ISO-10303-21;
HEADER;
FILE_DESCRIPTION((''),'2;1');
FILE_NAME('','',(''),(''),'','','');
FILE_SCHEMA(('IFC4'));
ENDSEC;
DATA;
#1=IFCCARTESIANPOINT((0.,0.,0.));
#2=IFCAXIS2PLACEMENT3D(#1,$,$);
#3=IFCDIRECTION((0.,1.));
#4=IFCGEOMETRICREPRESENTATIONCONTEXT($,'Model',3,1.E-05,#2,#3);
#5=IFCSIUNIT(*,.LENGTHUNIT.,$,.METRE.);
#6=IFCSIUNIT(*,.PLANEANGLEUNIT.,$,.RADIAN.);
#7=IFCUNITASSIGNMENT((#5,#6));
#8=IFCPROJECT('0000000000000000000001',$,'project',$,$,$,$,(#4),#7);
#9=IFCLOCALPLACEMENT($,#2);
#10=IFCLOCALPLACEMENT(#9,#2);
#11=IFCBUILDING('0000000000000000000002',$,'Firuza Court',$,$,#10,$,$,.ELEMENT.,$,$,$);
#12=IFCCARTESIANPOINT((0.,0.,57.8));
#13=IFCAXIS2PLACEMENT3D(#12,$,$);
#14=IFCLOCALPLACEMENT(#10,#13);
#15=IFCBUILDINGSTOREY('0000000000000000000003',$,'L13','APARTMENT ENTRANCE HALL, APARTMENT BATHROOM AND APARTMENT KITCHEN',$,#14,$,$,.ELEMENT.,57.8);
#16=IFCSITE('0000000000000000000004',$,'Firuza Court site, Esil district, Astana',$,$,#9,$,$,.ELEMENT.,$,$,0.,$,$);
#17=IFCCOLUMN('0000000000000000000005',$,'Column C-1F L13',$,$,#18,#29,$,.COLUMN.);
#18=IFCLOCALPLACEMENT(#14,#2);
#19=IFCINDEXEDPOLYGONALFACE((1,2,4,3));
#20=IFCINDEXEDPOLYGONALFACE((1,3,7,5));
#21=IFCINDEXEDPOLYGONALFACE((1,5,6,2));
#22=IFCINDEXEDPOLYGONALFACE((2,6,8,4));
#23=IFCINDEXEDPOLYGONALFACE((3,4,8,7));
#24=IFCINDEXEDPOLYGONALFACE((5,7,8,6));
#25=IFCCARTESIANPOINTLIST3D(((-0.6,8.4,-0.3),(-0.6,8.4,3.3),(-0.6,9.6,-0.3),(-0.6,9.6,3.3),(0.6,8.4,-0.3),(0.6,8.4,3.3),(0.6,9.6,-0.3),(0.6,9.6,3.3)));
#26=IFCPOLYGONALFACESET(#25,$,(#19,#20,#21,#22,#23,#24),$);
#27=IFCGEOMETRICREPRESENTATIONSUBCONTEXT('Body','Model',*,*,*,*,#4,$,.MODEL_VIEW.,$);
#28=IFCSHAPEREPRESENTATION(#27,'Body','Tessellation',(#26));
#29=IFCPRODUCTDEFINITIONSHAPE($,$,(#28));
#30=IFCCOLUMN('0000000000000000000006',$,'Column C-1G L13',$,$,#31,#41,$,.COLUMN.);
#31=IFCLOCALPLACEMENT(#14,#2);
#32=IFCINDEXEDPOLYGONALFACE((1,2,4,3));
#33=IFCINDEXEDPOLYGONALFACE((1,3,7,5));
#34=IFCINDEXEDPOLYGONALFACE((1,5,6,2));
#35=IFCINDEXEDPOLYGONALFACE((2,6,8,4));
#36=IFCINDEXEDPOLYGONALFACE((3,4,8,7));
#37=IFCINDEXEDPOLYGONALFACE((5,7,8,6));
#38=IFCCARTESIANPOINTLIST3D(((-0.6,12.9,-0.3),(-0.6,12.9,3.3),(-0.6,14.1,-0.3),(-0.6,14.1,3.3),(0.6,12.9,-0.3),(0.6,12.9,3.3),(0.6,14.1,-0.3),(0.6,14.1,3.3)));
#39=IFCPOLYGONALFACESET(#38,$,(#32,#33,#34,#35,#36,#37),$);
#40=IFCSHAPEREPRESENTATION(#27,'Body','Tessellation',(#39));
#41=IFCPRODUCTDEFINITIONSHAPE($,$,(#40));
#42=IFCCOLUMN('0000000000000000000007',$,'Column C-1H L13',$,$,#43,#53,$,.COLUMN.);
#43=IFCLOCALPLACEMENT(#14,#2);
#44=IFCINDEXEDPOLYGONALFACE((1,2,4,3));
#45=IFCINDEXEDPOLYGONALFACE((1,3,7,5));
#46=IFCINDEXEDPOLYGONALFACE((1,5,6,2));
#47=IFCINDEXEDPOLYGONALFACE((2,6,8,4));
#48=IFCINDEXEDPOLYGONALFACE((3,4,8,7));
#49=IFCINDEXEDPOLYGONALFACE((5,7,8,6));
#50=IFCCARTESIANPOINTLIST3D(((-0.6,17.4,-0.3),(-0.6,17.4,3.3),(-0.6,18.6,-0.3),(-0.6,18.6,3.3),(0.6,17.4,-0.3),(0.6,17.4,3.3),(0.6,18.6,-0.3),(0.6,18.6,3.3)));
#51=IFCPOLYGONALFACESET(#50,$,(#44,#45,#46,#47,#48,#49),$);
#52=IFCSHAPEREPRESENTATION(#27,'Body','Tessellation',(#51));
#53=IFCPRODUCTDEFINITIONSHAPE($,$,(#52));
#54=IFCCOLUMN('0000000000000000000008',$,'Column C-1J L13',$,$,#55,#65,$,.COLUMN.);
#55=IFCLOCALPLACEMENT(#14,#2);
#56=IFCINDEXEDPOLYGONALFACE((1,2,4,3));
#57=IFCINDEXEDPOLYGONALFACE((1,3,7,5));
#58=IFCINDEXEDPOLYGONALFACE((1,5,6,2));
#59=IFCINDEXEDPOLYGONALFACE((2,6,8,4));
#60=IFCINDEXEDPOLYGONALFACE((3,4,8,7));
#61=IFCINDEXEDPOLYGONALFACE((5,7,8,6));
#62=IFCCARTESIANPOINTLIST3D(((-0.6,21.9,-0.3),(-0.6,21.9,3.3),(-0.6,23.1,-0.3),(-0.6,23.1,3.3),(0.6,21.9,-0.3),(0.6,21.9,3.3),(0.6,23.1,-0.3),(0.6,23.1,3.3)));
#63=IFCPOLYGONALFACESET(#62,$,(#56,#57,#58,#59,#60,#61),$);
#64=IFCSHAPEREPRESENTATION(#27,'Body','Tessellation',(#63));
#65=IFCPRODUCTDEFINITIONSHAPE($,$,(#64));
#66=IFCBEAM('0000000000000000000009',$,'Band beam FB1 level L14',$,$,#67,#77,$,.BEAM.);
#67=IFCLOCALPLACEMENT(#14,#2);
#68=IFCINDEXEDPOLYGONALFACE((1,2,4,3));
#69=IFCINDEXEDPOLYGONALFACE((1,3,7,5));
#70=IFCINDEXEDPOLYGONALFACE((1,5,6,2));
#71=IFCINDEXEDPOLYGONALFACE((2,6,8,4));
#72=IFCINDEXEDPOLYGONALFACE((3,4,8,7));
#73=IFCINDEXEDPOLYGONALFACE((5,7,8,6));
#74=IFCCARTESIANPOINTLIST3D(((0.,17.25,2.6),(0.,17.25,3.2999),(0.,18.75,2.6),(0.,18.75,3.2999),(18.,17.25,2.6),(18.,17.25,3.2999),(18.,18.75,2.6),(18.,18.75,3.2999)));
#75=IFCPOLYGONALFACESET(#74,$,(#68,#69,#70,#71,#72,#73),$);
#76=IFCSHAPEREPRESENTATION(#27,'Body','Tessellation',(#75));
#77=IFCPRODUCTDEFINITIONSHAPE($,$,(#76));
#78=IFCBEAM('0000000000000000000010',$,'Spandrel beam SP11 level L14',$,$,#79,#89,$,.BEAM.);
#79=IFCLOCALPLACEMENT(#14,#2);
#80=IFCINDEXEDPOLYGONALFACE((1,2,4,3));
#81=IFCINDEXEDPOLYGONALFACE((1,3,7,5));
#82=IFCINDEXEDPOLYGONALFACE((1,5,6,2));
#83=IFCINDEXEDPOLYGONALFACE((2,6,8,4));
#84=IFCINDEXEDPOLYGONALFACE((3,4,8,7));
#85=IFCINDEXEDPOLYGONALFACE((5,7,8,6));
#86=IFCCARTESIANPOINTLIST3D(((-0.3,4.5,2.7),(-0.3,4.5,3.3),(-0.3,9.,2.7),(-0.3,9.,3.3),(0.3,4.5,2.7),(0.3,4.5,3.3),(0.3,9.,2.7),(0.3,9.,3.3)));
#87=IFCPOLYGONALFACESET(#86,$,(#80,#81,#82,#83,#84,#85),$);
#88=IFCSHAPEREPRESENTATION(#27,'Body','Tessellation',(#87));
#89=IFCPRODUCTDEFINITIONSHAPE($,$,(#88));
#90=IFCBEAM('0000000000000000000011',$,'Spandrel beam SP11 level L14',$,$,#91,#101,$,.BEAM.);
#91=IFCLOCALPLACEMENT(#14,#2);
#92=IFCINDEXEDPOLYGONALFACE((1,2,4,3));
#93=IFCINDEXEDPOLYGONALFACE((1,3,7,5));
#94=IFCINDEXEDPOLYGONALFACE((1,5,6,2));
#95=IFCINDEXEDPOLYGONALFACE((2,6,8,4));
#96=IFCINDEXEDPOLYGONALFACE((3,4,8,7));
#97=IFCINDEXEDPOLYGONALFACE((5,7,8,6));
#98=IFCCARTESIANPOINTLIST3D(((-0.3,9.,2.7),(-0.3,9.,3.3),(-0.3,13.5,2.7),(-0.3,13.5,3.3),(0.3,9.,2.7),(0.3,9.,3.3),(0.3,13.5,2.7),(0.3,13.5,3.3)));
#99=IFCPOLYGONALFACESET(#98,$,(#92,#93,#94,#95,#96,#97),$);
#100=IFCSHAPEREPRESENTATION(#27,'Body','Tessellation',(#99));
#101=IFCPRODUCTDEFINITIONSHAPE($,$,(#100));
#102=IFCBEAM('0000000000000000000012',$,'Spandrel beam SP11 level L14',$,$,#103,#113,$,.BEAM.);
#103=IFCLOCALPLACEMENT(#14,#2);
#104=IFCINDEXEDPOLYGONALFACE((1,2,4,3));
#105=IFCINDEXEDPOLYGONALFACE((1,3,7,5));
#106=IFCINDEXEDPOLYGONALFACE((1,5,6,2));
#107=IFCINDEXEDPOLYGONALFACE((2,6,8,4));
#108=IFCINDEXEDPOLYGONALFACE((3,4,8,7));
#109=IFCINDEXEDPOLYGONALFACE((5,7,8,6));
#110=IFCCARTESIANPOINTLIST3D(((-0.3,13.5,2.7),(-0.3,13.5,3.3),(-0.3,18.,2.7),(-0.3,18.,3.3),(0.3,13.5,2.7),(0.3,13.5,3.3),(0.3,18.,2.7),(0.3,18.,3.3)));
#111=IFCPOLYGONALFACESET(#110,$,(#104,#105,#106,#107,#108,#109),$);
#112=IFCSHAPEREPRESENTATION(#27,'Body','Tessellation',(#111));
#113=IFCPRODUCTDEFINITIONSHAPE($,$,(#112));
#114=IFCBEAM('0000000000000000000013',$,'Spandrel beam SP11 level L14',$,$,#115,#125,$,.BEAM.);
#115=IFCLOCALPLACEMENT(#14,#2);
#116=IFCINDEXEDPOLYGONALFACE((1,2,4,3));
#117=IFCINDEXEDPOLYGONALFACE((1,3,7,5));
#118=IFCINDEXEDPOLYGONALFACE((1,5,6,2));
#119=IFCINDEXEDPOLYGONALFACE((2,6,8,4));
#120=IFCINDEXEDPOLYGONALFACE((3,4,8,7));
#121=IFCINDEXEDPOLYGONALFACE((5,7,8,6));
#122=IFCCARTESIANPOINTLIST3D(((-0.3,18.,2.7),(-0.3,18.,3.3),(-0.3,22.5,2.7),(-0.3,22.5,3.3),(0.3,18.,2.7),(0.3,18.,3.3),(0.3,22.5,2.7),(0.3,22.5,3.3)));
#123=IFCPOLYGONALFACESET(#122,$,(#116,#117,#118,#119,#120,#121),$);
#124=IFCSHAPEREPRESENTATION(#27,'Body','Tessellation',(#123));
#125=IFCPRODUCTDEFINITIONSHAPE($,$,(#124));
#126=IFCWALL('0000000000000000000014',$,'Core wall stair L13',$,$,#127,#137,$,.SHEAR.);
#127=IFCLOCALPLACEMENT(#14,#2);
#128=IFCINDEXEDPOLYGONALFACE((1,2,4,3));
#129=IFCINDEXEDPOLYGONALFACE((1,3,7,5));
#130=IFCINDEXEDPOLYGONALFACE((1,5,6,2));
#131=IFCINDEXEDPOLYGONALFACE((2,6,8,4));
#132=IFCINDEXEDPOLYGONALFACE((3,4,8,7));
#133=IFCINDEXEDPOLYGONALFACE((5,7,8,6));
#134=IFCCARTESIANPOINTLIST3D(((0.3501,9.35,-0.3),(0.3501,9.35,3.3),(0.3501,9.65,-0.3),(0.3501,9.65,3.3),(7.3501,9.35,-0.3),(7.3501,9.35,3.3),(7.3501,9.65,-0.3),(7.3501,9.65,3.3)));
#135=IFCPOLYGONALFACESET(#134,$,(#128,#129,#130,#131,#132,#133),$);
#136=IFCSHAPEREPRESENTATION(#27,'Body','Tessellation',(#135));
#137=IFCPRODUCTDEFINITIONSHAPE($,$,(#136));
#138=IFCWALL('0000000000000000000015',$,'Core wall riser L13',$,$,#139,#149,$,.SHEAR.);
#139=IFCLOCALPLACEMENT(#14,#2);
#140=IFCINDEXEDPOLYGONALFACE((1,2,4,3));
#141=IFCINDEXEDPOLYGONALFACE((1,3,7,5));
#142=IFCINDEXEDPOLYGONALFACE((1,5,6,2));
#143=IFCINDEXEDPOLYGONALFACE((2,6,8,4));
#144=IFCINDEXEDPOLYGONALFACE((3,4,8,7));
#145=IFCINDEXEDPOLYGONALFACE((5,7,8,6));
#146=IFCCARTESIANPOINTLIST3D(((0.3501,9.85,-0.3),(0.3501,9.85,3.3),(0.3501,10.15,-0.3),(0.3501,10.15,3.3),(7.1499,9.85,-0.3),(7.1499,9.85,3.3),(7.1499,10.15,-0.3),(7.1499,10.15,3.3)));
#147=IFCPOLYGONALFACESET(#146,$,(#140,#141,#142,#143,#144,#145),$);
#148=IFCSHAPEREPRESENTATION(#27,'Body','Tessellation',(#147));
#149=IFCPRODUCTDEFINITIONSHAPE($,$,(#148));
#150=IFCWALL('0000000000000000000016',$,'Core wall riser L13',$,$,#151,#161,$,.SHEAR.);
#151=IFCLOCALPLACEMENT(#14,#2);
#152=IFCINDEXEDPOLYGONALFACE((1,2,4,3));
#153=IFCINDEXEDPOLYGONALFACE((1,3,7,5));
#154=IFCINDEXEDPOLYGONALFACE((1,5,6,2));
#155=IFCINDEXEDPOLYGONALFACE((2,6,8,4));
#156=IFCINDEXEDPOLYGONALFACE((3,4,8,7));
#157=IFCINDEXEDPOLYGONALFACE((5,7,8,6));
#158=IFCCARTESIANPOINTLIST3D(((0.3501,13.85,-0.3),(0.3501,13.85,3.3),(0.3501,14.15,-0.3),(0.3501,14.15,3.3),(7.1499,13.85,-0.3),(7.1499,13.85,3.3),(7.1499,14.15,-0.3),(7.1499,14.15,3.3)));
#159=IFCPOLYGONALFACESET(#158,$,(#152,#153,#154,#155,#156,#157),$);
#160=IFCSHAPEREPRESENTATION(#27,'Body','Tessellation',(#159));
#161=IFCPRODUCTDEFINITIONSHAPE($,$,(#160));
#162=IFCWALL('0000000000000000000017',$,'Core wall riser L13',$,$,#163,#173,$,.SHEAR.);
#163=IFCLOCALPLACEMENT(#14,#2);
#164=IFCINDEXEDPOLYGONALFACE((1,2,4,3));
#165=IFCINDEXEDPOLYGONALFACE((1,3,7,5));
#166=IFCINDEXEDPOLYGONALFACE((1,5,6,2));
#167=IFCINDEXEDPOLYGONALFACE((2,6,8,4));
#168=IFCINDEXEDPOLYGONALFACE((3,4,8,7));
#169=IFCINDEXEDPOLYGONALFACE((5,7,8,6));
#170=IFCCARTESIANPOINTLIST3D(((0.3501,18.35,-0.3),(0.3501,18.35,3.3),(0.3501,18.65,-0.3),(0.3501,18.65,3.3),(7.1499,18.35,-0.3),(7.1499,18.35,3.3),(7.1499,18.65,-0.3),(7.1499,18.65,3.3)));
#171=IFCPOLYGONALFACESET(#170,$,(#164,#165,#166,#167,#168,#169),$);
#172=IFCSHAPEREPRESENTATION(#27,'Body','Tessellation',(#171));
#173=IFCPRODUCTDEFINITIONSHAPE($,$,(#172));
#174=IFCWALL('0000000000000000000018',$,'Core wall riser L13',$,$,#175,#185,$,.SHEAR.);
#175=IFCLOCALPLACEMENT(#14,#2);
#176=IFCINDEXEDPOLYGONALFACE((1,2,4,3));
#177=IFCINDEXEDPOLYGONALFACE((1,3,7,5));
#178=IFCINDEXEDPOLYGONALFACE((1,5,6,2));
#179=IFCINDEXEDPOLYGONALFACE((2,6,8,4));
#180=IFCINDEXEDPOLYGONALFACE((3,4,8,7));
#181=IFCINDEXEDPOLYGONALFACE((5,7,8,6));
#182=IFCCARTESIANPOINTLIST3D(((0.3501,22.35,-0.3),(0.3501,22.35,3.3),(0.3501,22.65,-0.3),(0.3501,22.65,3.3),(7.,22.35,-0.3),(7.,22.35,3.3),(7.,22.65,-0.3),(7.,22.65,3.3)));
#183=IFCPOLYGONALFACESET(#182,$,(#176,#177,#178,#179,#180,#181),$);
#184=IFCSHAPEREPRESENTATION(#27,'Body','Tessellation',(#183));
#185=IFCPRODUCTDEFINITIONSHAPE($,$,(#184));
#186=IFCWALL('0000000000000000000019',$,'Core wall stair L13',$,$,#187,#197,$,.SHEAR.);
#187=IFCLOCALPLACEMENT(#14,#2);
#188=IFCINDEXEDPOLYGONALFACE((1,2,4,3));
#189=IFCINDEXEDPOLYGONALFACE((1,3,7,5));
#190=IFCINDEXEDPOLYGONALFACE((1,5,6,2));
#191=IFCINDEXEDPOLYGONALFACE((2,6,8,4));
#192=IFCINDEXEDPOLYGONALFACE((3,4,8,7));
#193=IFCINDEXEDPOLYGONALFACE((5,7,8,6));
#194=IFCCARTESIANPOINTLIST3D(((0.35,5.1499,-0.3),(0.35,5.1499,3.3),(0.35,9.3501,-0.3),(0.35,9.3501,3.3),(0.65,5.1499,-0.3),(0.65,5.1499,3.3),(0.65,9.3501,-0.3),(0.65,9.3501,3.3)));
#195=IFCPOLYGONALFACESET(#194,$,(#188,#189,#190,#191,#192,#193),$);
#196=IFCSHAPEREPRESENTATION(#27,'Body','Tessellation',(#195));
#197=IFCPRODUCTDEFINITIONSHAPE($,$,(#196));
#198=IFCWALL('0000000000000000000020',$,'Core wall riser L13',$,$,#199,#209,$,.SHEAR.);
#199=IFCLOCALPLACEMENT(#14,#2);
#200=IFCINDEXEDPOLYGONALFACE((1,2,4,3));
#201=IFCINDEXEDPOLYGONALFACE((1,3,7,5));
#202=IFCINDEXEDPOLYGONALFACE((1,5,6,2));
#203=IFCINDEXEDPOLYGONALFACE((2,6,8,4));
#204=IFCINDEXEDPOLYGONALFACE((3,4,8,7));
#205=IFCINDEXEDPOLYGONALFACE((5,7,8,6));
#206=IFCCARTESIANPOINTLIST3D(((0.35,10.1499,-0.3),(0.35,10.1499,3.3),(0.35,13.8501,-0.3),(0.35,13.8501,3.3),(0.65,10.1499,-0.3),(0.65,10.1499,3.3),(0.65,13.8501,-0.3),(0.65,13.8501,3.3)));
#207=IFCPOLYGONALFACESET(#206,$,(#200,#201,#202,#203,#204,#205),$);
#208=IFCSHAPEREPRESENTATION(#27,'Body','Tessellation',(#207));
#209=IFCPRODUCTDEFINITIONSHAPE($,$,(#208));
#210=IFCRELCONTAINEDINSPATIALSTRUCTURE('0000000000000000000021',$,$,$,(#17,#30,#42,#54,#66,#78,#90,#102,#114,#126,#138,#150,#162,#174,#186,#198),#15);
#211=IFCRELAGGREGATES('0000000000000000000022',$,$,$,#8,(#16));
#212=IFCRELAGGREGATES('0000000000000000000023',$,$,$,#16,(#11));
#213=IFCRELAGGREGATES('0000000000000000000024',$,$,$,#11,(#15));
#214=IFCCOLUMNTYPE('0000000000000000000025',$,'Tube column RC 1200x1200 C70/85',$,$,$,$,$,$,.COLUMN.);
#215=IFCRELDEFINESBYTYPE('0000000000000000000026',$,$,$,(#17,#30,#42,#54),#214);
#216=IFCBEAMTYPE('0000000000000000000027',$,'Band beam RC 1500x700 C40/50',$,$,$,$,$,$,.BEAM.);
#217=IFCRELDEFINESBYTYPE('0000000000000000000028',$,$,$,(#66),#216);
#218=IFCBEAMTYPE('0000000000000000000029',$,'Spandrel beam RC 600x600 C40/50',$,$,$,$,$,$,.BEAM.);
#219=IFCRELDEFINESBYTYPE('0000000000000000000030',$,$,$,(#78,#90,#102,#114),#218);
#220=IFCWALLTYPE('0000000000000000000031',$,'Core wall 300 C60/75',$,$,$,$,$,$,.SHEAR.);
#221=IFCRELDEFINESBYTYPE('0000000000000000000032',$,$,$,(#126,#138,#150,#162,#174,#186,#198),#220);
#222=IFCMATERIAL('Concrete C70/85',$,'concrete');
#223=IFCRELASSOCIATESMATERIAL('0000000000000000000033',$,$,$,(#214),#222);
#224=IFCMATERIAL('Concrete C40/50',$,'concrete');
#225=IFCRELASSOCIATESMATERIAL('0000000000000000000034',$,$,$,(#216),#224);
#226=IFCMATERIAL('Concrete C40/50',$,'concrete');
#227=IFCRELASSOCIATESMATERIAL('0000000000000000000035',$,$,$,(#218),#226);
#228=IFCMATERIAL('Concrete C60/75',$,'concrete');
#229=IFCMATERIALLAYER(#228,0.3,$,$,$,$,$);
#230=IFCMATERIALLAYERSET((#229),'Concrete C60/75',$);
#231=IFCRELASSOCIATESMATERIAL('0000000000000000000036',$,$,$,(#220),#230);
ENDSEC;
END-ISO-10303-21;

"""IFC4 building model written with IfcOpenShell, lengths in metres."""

from ifc_helpers import new_model, si_unit, direction, frame, frame_2d, origin, origin_2d, place, context, subcontext, project, spatial, rectangle, extrude, material, layer, layer_set, material_profile, profile_set, type_object, element, save


model = new_model("IFC4")

# Units and contexts
model_context = context("Model", 3, precision=1e-05, world=origin(), true_north=direction((0.0, 1.0)))
body_context = subcontext(model_context, "Body", "Model", "MODEL_VIEW")
ifc_project = project(units=[si_unit("LENGTHUNIT", "METRE"), si_unit("PLANEANGLEUNIT", "RADIAN")], contexts=[model_context])

# Site, building, storey
site_placement = place(None, origin())
site = spatial("IfcSite", under=ifc_project, at=site_placement, Name="Firuza Court site, Esil district, Astana", CompositionType="ELEMENT", RefElevation=0.0)
building_placement = place(site_placement, origin())
building = spatial("IfcBuilding", under=site, at=building_placement, Name="Firuza Court", CompositionType="ELEMENT")
storey_placement = place(building_placement, frame((0.0, 0.0, 57.8)))
storey = spatial("IfcBuildingStorey", under=building, at=storey_placement, Name="L13", Description="APARTMENT ENTRANCE HALL, APARTMENT BATHROOM AND APARTMENT KITCHEN", CompositionType="ELEMENT", Elevation=57.8)

# Columns
ifc_material_1 = material(Name="Concrete C70/85", Category="concrete")
ifc_material_profile_1 = material_profile(ifc_material_1, rectangle(XDim=1.2, YDim=1.2, at=origin_2d()), Name="RC 1200x1200")
ifc_profile_set_1 = profile_set([ifc_material_profile_1], Name="Concrete C70/85")
column_type = type_object("IfcColumnType", Name="Tube column RC 1200x1200 C70/85", PredefinedType="COLUMN", material=ifc_profile_set_1)
for number, where, z_axis, x_axis, name in (
    (1, (0.0, 9.0, -0.3), (0.0, 0.0, 1.0), (1.0, 0.0, 0.0), "Column C-1F L13"),
    (2, (0.0, 13.5, -0.3), (0.0, 0.0, 1.0), (1.0, 0.0, 0.0), "Column C-1G L13"),
    (3, (0.0, 18.0, -0.3), (0.0, 0.0, 1.0), (1.0, 0.0, 0.0), "Column C-1H L13"),
    (4, (0.0, 22.5, -0.3), (0.0, 0.0, 1.0), (1.0, 0.0, 0.0), "Column C-1J L13"),
):
    element("IfcColumn", number, at=place(storey_placement, frame(where, z_axis=z_axis, x_axis=x_axis)), inside=storey, type_object=column_type, Name=name, PredefinedType="COLUMN", context=body_context, shape_type="SweptSolid", body=[
        extrude(rectangle(XDim=1.2, YDim=1.2, at=origin_2d()), origin(), (0.0, 0.0, 1.0), 3.6001),
    ])

# Beams
ifc_material_2 = material(Name="Concrete C40/50", Category="concrete")
ifc_material_profile_2 = material_profile(ifc_material_2, rectangle(XDim=1.5, YDim=0.7, at=origin_2d()), Name="RC 1500x700")
ifc_profile_set_2 = profile_set([ifc_material_profile_2], Name="Concrete C40/50")
beam_type_1 = type_object("IfcBeamType", Name="Band beam RC 1500x700 C40/50", PredefinedType="BEAM", material=ifc_profile_set_2)
beam_placement = place(storey_placement, frame((0.0, 18.0, 2.95), z_axis=(1.0, 0.0, 0.0), x_axis=(0.0, 1.0, 0.0)))
element("IfcBeam", 5, at=beam_placement, inside=storey, type_object=beam_type_1, Name="Band beam FB1 level L14", PredefinedType="BEAM", context=body_context, shape_type="SweptSolid", body=[
    extrude(rectangle(XDim=1.5, YDim=0.7, at=origin_2d()), origin(), (0.0, 0.0, 1.0), 18.0),
])
ifc_material_3 = material(Name="Concrete C40/50", Category="concrete")
ifc_material_profile_3 = material_profile(ifc_material_3, rectangle(XDim=0.6001, YDim=0.6001, at=origin_2d()), Name="RC 600x600")
ifc_profile_set_3 = profile_set([ifc_material_profile_3], Name="Concrete C40/50")
beam_type_2 = type_object("IfcBeamType", Name="Spandrel beam RC 600x600 C40/50", PredefinedType="BEAM", material=ifc_profile_set_3)
for number, where, z_axis, x_axis, name in (
    (6, (0.0, 9.0, 3.0), (0.0, -1.0, 0.0), (1.0, 0.0, 0.0), "Spandrel beam SP11 level L14"),
    (7, (0.0, 13.5, 3.0), (0.0, -1.0, 0.0), (1.0, 0.0, 0.0), "Spandrel beam SP11 level L14"),
    (8, (0.0, 18.0, 3.0), (0.0, -1.0, 0.0), (1.0, 0.0, 0.0), "Spandrel beam SP11 level L14"),
    (9, (0.0, 22.5, 3.0), (0.0, -1.0, 0.0), (1.0, 0.0, 0.0), "Spandrel beam SP11 level L14"),
):
    element("IfcBeam", number, at=place(storey_placement, frame(where, z_axis=z_axis, x_axis=x_axis)), inside=storey, type_object=beam_type_2, Name=name, PredefinedType="BEAM", context=body_context, shape_type="SweptSolid", body=[
        extrude(rectangle(XDim=0.6001, YDim=0.6001, at=origin_2d()), origin(), (0.0, 0.0, 1.0), 4.5),
    ])

# Walls
ifc_material_4 = material(Name="Concrete C60/75", Category="concrete")
ifc_layer_1 = layer(ifc_material_4, 0.3)
ifc_layer_set_1 = layer_set([ifc_layer_1], Name="Concrete C60/75")
wall_type_1 = type_object("IfcWallType", Name="Core wall 300 C60/75", PredefinedType="SHEAR", material=ifc_layer_set_1)
wall_1_placement = place(storey_placement, frame((0.3501, 9.5, -0.3), z_axis=(0.0, 0.0, 1.0), x_axis=(1.0, 0.0, 0.0)))
element("IfcWall", 10, at=wall_1_placement, inside=storey, type_object=wall_type_1, Name="Core wall stair L13", PredefinedType="SHEAR", context=body_context, shape_type="SweptSolid", body=[
    extrude(rectangle(XDim=7.0, YDim=0.3, at=frame_2d((3.5, 0.0))), origin(), (0.0, 0.0, 1.0), 3.6001),
])
for number, where, z_axis, x_axis, name in (
    (11, (0.3501, 10.0, -0.3), (0.0, 0.0, 1.0), (1.0, 0.0, 0.0), "Core wall riser L13"),
    (12, (0.3501, 14.0, -0.3), (0.0, 0.0, 1.0), (1.0, 0.0, 0.0), "Core wall riser L13"),
    (13, (0.3501, 18.5, -0.3), (0.0, 0.0, 1.0), (1.0, 0.0, 0.0), "Core wall riser L13"),
):
    element("IfcWall", number, at=place(storey_placement, frame(where, z_axis=z_axis, x_axis=x_axis)), inside=storey, type_object=wall_type_1, Name=name, PredefinedType="SHEAR", context=body_context, shape_type="SweptSolid", body=[
        extrude(rectangle(XDim=6.7998, YDim=0.3, at=frame_2d((3.3999, 0.0))), origin(), (0.0, 0.0, 1.0), 3.6001),
    ])
wall_2_placement = place(storey_placement, frame((0.3501, 22.5, -0.3), z_axis=(0.0, 0.0, 1.0), x_axis=(1.0, 0.0, 0.0)))
element("IfcWall", 14, at=wall_2_placement, inside=storey, type_object=wall_type_1, Name="Core wall riser L13", PredefinedType="SHEAR", context=body_context, shape_type="SweptSolid", body=[
    extrude(rectangle(XDim=6.6499, YDim=0.3, at=frame_2d((3.325, 0.0))), origin(), (0.0, 0.0, 1.0), 3.6001),
])
wall_3_placement = place(storey_placement, frame((0.5, 5.1499, -0.3), z_axis=(0.0, 0.0, 1.0), x_axis=(0.0, 1.0, 0.0)))
element("IfcWall", 15, at=wall_3_placement, inside=storey, type_object=wall_type_1, Name="Core wall stair L13", PredefinedType="SHEAR", context=body_context, shape_type="SweptSolid", body=[
    extrude(rectangle(XDim=4.2002, YDim=0.3, at=frame_2d((2.1001, 0.0))), origin(), (0.0, 0.0, 1.0), 3.6001),
])
for number, where, z_axis, x_axis, name in (
    (16, (0.5, 10.1499, -0.3), (0.0, 0.0, 1.0), (0.0, 1.0, 0.0), "Core wall riser L13"),
):
    element("IfcWall", number, at=place(storey_placement, frame(where, z_axis=z_axis, x_axis=x_axis)), inside=storey, type_object=wall_type_1, Name=name, PredefinedType="SHEAR", context=body_context, shape_type="SweptSolid", body=[
        extrude(rectangle(XDim=3.7002, YDim=0.3, at=frame_2d((1.8501, 0.0))), origin(), (0.0, 0.0, 1.0), 3.6001),
    ])

save(model, "model.ifc")
